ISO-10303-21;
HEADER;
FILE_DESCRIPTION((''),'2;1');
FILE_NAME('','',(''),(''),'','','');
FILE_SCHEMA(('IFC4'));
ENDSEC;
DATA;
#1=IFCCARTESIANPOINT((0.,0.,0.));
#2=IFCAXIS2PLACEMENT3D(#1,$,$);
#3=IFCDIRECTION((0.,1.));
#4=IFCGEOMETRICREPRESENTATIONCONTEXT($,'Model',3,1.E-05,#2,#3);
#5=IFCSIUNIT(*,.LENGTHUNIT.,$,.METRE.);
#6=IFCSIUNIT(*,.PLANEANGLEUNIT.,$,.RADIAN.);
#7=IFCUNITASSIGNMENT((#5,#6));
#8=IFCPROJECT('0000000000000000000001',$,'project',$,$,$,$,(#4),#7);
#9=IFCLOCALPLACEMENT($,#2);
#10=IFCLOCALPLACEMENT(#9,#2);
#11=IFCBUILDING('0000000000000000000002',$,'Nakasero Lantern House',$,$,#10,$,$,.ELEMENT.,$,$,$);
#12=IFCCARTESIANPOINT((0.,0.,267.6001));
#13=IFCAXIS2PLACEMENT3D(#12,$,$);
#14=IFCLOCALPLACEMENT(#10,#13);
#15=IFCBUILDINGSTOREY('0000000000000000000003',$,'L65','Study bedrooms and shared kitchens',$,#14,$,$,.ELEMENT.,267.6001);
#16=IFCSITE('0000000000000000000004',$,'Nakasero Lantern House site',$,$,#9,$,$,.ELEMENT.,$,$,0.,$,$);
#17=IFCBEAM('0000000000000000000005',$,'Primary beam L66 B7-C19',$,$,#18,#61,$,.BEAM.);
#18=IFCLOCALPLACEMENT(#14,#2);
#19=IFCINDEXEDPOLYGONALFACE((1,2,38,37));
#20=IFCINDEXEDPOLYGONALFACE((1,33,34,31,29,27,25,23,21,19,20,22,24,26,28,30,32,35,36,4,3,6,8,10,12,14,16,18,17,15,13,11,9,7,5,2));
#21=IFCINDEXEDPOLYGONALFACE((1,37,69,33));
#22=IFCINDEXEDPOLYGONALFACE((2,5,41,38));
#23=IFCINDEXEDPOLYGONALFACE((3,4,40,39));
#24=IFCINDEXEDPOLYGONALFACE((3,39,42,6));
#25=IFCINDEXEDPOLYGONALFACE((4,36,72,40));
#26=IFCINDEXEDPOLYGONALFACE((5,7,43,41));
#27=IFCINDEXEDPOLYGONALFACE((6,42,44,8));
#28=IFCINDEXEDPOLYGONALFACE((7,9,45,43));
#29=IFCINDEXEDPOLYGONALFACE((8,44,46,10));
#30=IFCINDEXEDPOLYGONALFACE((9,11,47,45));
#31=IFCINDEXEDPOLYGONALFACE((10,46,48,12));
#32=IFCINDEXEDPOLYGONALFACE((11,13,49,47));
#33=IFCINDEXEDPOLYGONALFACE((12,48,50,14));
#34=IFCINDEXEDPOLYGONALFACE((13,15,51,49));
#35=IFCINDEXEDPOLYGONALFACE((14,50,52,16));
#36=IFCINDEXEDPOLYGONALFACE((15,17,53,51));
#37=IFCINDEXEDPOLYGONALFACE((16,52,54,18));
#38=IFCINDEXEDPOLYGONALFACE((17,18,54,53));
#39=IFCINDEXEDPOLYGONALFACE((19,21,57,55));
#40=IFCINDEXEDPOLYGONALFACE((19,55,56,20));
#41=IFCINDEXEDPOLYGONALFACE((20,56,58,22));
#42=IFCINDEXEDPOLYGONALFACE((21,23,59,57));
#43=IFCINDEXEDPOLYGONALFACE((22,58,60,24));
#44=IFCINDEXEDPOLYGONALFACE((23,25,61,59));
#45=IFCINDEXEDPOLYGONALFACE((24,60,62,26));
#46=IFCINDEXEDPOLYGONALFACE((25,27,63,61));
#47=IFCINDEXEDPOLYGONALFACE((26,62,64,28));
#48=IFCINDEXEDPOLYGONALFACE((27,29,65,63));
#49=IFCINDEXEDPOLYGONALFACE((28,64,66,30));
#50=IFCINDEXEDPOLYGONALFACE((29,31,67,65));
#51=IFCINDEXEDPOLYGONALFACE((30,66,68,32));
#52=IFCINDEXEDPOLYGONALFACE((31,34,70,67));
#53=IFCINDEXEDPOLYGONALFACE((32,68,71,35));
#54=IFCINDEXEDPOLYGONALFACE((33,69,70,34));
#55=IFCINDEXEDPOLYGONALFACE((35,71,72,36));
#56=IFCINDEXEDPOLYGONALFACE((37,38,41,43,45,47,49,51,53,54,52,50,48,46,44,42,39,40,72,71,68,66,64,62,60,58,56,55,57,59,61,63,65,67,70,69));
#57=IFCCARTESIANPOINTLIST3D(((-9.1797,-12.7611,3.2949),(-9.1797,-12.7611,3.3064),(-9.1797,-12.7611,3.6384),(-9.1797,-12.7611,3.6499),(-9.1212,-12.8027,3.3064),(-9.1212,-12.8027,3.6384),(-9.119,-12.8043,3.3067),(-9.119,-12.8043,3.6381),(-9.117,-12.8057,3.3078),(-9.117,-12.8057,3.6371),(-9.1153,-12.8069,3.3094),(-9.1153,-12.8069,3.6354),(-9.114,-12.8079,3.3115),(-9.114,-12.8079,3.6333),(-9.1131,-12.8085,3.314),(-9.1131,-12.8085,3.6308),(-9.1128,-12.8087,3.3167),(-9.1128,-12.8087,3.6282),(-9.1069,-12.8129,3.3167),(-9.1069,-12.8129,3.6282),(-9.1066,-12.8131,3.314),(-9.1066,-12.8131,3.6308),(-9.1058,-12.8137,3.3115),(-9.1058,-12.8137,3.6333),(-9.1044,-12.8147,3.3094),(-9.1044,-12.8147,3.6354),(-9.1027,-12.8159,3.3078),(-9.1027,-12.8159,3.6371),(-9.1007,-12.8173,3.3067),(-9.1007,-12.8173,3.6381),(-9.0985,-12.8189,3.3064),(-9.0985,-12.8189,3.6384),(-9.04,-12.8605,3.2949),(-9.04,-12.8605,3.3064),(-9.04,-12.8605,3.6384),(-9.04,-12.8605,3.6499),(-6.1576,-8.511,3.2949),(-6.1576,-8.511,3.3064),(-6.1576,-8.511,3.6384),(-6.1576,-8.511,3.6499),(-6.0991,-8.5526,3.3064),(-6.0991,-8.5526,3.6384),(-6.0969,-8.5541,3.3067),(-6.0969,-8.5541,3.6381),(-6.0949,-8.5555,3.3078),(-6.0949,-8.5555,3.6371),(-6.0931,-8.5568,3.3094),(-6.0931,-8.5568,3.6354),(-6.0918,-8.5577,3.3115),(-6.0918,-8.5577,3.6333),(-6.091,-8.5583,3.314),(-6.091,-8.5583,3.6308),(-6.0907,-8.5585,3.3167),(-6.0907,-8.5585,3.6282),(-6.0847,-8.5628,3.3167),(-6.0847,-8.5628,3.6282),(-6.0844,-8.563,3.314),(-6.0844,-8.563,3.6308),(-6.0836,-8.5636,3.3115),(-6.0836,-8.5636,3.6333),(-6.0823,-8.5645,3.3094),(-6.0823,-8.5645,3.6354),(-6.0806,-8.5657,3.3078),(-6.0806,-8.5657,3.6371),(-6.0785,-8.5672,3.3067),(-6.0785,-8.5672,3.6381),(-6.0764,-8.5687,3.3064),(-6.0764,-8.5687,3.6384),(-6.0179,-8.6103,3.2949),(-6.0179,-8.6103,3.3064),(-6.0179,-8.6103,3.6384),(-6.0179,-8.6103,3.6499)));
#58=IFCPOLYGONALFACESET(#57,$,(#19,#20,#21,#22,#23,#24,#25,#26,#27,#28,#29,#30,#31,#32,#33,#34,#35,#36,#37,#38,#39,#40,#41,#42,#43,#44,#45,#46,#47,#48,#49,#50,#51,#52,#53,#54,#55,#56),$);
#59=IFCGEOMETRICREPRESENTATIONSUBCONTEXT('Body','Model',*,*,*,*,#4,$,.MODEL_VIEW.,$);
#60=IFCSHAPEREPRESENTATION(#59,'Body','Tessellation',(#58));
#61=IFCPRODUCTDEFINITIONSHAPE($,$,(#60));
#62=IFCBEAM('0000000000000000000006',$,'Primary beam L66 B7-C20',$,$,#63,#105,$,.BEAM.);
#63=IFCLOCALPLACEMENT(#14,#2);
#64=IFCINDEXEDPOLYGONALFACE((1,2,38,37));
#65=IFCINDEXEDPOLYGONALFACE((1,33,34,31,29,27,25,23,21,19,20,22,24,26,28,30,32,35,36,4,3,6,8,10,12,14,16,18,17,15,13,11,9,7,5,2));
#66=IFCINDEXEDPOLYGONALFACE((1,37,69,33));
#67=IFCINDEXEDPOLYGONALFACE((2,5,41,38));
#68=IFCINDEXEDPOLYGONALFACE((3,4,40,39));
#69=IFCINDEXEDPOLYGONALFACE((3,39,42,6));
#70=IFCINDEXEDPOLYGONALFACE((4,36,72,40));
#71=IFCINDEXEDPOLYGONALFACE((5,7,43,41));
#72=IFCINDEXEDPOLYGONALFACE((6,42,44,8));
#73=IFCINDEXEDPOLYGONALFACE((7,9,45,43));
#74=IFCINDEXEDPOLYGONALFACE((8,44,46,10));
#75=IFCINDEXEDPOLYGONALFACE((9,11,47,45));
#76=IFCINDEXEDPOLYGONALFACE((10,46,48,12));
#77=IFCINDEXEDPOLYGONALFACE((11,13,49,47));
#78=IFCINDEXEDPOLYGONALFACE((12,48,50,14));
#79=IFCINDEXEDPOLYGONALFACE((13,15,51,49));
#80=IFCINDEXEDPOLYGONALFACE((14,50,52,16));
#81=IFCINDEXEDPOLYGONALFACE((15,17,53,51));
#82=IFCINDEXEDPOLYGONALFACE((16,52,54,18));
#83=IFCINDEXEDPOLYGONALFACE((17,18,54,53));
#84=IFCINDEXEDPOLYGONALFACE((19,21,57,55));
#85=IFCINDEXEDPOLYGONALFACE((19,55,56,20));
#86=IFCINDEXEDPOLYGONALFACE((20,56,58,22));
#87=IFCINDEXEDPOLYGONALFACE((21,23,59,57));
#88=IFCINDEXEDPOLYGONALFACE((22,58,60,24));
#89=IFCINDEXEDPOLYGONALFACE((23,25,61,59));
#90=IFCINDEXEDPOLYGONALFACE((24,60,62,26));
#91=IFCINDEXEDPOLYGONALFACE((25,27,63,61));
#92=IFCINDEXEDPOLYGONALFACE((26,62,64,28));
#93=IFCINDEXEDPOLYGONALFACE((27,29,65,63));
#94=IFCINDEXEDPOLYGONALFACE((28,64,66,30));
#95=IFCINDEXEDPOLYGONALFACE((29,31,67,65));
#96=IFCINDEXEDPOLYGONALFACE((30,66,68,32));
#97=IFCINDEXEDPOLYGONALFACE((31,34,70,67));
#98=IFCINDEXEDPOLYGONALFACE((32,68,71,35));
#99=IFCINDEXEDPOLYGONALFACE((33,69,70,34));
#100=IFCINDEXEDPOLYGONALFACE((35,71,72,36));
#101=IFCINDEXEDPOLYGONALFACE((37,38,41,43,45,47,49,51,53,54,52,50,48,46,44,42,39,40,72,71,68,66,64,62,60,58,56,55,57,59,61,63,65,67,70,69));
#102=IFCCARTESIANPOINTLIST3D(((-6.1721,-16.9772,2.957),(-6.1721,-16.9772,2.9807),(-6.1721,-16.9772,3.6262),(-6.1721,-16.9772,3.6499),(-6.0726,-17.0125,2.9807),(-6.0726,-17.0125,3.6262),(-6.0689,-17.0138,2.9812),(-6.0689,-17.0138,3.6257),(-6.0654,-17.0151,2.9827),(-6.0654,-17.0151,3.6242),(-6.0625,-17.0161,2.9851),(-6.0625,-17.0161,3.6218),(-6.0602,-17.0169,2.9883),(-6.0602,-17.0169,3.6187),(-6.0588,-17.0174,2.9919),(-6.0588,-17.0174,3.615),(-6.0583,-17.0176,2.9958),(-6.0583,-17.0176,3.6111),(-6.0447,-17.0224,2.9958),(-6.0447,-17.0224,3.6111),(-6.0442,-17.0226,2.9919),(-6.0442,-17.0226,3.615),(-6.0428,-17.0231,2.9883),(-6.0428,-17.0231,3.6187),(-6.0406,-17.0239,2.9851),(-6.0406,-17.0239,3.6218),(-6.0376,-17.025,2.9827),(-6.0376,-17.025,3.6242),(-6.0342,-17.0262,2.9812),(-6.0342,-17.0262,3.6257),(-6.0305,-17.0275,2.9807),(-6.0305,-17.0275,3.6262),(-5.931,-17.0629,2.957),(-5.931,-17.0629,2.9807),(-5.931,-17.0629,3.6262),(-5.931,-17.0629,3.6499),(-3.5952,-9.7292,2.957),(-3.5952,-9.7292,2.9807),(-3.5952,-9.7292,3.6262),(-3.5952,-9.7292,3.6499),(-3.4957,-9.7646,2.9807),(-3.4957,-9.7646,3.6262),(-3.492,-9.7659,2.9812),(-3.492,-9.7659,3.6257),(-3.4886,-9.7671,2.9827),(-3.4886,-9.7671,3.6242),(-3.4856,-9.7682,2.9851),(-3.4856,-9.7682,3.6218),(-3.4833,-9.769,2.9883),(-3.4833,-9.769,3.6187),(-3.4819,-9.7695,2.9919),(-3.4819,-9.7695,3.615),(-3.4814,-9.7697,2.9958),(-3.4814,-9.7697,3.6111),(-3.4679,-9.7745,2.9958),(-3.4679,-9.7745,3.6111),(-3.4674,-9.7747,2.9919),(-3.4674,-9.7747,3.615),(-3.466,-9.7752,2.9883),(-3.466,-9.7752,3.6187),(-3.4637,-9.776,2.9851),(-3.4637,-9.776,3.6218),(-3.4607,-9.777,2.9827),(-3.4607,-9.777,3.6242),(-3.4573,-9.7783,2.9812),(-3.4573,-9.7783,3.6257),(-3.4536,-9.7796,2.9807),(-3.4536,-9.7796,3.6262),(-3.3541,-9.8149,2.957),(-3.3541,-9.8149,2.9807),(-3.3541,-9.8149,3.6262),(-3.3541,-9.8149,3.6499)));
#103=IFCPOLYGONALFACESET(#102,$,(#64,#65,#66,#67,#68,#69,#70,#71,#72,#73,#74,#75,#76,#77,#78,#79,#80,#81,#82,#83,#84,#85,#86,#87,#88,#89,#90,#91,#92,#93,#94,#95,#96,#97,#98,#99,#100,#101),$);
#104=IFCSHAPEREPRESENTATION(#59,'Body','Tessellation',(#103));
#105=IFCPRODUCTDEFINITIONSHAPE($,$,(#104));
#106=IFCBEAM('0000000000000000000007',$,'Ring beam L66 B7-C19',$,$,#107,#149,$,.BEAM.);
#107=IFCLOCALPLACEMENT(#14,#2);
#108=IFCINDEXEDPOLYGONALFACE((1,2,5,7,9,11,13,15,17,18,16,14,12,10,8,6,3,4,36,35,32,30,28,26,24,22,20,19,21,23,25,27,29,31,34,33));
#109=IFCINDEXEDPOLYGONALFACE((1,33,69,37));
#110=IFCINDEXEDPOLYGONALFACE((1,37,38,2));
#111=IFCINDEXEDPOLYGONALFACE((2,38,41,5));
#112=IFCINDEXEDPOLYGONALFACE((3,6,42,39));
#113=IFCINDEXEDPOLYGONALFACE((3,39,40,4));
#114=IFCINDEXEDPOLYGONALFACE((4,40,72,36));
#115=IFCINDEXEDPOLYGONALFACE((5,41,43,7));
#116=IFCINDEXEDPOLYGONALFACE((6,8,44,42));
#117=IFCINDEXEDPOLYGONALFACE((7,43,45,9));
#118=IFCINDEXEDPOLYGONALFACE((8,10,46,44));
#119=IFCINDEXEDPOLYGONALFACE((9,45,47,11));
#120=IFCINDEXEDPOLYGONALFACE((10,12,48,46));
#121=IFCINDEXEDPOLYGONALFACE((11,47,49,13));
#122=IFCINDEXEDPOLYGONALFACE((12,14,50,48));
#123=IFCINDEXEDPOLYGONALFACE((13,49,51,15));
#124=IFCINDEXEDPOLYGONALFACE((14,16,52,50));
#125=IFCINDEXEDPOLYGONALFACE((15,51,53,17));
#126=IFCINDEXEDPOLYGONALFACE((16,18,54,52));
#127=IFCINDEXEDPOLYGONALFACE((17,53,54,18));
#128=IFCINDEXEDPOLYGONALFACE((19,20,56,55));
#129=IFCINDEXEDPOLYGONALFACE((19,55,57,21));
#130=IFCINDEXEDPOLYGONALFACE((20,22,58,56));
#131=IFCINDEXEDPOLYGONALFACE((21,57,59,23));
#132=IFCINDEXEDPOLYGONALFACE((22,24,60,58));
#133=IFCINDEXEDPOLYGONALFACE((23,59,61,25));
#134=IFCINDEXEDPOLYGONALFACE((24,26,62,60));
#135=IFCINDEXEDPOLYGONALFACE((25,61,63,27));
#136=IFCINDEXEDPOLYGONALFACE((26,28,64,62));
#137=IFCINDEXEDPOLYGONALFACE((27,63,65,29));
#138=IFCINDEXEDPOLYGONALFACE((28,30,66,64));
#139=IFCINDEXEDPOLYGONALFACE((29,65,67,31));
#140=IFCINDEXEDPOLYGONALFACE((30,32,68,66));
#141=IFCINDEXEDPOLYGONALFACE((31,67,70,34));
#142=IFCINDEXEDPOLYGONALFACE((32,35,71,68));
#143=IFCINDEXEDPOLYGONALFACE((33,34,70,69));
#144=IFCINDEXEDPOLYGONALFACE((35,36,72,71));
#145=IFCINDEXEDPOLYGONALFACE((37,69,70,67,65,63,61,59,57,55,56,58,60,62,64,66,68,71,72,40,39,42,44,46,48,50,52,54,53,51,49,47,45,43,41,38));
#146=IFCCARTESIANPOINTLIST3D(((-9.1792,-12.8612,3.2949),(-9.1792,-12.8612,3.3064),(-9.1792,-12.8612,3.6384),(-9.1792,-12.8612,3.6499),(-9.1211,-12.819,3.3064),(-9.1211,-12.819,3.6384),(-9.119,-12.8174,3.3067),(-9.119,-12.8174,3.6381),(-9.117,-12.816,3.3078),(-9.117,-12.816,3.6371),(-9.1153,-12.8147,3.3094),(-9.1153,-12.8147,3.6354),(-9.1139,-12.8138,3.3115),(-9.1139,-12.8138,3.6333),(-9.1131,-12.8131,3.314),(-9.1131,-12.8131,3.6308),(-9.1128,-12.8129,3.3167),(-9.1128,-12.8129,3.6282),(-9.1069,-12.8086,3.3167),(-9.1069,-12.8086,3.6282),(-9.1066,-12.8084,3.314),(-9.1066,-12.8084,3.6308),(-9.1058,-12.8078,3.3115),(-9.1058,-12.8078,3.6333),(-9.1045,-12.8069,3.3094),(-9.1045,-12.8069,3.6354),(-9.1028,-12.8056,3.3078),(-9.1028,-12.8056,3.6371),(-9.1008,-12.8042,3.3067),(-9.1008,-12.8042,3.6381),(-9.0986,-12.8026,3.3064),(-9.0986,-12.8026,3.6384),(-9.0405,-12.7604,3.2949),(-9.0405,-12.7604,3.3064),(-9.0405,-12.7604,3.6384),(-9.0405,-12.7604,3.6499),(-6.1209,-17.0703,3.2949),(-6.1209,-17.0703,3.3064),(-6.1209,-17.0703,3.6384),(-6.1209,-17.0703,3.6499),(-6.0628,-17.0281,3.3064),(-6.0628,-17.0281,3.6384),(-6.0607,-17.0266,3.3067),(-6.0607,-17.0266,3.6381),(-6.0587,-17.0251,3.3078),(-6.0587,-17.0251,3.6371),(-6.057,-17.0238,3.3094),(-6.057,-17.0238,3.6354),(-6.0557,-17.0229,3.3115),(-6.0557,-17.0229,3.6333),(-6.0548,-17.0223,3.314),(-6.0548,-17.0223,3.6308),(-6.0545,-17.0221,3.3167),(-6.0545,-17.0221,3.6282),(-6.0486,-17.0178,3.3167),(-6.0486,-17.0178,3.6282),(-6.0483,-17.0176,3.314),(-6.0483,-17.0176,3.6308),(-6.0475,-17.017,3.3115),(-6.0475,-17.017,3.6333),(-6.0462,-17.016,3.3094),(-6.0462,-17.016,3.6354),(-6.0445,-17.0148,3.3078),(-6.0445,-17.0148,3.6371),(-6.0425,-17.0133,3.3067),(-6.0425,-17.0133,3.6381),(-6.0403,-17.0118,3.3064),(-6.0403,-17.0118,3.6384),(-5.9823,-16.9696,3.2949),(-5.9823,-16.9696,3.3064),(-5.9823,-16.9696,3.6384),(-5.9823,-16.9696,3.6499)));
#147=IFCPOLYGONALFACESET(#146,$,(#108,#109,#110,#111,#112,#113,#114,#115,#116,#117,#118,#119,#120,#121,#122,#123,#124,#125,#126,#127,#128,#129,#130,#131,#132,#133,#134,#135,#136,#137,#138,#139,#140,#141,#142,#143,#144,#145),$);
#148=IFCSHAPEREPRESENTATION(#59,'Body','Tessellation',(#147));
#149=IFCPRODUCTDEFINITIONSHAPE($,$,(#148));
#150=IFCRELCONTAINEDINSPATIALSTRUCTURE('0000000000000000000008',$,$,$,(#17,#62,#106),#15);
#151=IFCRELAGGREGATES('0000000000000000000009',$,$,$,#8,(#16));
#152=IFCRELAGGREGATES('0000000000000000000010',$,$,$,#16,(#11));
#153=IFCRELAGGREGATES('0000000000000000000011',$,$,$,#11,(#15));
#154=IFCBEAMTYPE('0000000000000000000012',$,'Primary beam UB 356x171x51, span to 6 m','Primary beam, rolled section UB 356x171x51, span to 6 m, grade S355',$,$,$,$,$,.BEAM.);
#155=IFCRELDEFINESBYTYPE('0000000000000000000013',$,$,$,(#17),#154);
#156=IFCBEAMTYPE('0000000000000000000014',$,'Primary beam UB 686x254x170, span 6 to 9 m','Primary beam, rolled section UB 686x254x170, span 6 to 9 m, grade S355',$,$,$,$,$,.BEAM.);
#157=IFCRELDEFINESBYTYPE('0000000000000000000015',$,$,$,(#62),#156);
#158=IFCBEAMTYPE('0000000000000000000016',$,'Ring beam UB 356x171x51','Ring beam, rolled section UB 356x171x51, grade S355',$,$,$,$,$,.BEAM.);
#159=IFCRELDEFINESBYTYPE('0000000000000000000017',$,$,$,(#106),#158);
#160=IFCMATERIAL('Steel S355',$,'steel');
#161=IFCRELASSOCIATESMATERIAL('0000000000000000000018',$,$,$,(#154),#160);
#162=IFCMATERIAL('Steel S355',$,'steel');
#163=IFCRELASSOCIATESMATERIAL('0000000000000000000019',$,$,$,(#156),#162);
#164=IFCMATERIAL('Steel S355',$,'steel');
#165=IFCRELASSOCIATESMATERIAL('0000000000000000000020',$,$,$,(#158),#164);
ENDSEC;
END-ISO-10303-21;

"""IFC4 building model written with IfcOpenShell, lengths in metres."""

from ifc_helpers import new_model, si_unit, direction, frame, origin, origin_2d, place, context, subcontext, project, spatial, i_section, extrude, material, material_profile, profile_set, type_object, element, save


model = new_model("IFC4")

# Units and contexts
model_context = context("Model", 3, precision=1e-05, world=origin(), true_north=direction((0.0, 1.0)))
body_context = subcontext(model_context, "Body", "Model", "MODEL_VIEW")
ifc_project = project(units=[si_unit("LENGTHUNIT", "METRE"), si_unit("PLANEANGLEUNIT", "RADIAN")], contexts=[model_context])

# Site, building, storey
site_placement = place(None, origin())
site = spatial("IfcSite", under=ifc_project, at=site_placement, Name="Nakasero Lantern House site", CompositionType="ELEMENT", RefElevation=0.0)
building_placement = place(site_placement, origin())
building = spatial("IfcBuilding", under=site, at=building_placement, Name="Nakasero Lantern House", CompositionType="ELEMENT")
storey_placement = place(building_placement, frame((0.0, 0.0, 267.6001)))
storey = spatial("IfcBuildingStorey", under=building, at=storey_placement, Name="L65", Description="Study bedrooms and shared kitchens", CompositionType="ELEMENT", Elevation=267.6001)

# Beams
ifc_material_1 = material(Name="Steel S355", Category="steel")
ifc_material_profile_1 = material_profile(ifc_material_1, i_section(OverallWidth=0.1714, OverallDepth=0.355, WebThickness=0.0073, FlangeThickness=0.0115, FilletRadius=0.0103, at=origin_2d()), Name="UB 356x171x51")
ifc_profile_set_1 = profile_set([ifc_material_profile_1], Name="Steel S355")
beam_type_1 = type_object("IfcBeamType", Name="Primary beam UB 356x171x51, span to 6 m", Description="Primary beam, rolled section UB 356x171x51, span to 6 m, grade S355", PredefinedType="BEAM", material=ifc_profile_set_1)
beam_1_placement = place(storey_placement, frame((-9.1099, -12.8108, 3.4724), z_axis=(0.579501, 0.814972, 0.0), x_axis=(-0.814972, 0.579501, 0.0)))
element("IfcBeam", 1, at=beam_1_placement, inside=storey, type_object=beam_type_1, Name="Primary beam L66 B7-C19", PredefinedType="BEAM", context=body_context, shape_type="SweptSolid", body=[
    extrude(i_section(OverallWidth=0.1714, OverallDepth=0.355, WebThickness=0.0073, FlangeThickness=0.0115, FilletRadius=0.0103, at=origin_2d()), origin(), (0.0, 0.0, 1.0), 5.2151),
])
ifc_material_2 = material(Name="Steel S355", Category="steel")
ifc_material_profile_2 = material_profile(ifc_material_2, i_section(OverallWidth=0.2559, OverallDepth=0.6929, WebThickness=0.0144, FlangeThickness=0.0237, FilletRadius=0.0151, at=origin_2d()), Name="UB 686x254x170")
ifc_profile_set_2 = profile_set([ifc_material_profile_2], Name="Steel S355")
beam_type_2 = type_object("IfcBeamType", Name="Primary beam UB 686x254x170, span 6 to 9 m", Description="Primary beam, rolled section UB 686x254x170, span 6 to 9 m, grade S355", PredefinedType="BEAM", material=ifc_profile_set_2)
beam_2_placement = place(storey_placement, frame((-6.0515, -17.02, 3.3035), z_axis=(0.334989, 0.942222, 0.0), x_axis=(-0.942222, 0.334989, 0.0)))
element("IfcBeam", 2, at=beam_2_placement, inside=storey, type_object=beam_type_2, Name="Primary beam L66 B7-C20", PredefinedType="BEAM", context=body_context, shape_type="SweptSolid", body=[
    extrude(i_section(OverallWidth=0.2559, OverallDepth=0.6929, WebThickness=0.0144, FlangeThickness=0.0237, FilletRadius=0.0151, at=origin_2d()), origin(), (0.0, 0.0, 1.0), 7.6924),
])
ifc_material_3 = material(Name="Steel S355", Category="steel")
ifc_material_profile_3 = material_profile(ifc_material_3, i_section(OverallWidth=0.1714, OverallDepth=0.355, WebThickness=0.0073, FlangeThickness=0.0115, FilletRadius=0.0103, at=origin_2d()), Name="UB 356x171x51")
ifc_profile_set_3 = profile_set([ifc_material_profile_3], Name="Steel S355")
beam_type_3 = type_object("IfcBeamType", Name="Ring beam UB 356x171x51", Description="Ring beam, rolled section UB 356x171x51, grade S355", PredefinedType="BEAM", material=ifc_profile_set_3)
beam_3_placement = place(storey_placement, frame((-9.1099, -12.8108, 3.4724), z_axis=(0.587806, -0.809002, 0.0), x_axis=(0.809002, 0.587806, 0.0)))
element("IfcBeam", 3, at=beam_3_placement, inside=storey, type_object=beam_type_3, Name="Ring beam L66 B7-C19", PredefinedType="BEAM", context=body_context, shape_type="SweptSolid", body=[
    extrude(i_section(OverallWidth=0.1714, OverallDepth=0.355, WebThickness=0.0073, FlangeThickness=0.0115, FilletRadius=0.0103, at=origin_2d()), origin(), (0.0, 0.0, 1.0), 5.2029),
])

save(model, "model.ifc")
